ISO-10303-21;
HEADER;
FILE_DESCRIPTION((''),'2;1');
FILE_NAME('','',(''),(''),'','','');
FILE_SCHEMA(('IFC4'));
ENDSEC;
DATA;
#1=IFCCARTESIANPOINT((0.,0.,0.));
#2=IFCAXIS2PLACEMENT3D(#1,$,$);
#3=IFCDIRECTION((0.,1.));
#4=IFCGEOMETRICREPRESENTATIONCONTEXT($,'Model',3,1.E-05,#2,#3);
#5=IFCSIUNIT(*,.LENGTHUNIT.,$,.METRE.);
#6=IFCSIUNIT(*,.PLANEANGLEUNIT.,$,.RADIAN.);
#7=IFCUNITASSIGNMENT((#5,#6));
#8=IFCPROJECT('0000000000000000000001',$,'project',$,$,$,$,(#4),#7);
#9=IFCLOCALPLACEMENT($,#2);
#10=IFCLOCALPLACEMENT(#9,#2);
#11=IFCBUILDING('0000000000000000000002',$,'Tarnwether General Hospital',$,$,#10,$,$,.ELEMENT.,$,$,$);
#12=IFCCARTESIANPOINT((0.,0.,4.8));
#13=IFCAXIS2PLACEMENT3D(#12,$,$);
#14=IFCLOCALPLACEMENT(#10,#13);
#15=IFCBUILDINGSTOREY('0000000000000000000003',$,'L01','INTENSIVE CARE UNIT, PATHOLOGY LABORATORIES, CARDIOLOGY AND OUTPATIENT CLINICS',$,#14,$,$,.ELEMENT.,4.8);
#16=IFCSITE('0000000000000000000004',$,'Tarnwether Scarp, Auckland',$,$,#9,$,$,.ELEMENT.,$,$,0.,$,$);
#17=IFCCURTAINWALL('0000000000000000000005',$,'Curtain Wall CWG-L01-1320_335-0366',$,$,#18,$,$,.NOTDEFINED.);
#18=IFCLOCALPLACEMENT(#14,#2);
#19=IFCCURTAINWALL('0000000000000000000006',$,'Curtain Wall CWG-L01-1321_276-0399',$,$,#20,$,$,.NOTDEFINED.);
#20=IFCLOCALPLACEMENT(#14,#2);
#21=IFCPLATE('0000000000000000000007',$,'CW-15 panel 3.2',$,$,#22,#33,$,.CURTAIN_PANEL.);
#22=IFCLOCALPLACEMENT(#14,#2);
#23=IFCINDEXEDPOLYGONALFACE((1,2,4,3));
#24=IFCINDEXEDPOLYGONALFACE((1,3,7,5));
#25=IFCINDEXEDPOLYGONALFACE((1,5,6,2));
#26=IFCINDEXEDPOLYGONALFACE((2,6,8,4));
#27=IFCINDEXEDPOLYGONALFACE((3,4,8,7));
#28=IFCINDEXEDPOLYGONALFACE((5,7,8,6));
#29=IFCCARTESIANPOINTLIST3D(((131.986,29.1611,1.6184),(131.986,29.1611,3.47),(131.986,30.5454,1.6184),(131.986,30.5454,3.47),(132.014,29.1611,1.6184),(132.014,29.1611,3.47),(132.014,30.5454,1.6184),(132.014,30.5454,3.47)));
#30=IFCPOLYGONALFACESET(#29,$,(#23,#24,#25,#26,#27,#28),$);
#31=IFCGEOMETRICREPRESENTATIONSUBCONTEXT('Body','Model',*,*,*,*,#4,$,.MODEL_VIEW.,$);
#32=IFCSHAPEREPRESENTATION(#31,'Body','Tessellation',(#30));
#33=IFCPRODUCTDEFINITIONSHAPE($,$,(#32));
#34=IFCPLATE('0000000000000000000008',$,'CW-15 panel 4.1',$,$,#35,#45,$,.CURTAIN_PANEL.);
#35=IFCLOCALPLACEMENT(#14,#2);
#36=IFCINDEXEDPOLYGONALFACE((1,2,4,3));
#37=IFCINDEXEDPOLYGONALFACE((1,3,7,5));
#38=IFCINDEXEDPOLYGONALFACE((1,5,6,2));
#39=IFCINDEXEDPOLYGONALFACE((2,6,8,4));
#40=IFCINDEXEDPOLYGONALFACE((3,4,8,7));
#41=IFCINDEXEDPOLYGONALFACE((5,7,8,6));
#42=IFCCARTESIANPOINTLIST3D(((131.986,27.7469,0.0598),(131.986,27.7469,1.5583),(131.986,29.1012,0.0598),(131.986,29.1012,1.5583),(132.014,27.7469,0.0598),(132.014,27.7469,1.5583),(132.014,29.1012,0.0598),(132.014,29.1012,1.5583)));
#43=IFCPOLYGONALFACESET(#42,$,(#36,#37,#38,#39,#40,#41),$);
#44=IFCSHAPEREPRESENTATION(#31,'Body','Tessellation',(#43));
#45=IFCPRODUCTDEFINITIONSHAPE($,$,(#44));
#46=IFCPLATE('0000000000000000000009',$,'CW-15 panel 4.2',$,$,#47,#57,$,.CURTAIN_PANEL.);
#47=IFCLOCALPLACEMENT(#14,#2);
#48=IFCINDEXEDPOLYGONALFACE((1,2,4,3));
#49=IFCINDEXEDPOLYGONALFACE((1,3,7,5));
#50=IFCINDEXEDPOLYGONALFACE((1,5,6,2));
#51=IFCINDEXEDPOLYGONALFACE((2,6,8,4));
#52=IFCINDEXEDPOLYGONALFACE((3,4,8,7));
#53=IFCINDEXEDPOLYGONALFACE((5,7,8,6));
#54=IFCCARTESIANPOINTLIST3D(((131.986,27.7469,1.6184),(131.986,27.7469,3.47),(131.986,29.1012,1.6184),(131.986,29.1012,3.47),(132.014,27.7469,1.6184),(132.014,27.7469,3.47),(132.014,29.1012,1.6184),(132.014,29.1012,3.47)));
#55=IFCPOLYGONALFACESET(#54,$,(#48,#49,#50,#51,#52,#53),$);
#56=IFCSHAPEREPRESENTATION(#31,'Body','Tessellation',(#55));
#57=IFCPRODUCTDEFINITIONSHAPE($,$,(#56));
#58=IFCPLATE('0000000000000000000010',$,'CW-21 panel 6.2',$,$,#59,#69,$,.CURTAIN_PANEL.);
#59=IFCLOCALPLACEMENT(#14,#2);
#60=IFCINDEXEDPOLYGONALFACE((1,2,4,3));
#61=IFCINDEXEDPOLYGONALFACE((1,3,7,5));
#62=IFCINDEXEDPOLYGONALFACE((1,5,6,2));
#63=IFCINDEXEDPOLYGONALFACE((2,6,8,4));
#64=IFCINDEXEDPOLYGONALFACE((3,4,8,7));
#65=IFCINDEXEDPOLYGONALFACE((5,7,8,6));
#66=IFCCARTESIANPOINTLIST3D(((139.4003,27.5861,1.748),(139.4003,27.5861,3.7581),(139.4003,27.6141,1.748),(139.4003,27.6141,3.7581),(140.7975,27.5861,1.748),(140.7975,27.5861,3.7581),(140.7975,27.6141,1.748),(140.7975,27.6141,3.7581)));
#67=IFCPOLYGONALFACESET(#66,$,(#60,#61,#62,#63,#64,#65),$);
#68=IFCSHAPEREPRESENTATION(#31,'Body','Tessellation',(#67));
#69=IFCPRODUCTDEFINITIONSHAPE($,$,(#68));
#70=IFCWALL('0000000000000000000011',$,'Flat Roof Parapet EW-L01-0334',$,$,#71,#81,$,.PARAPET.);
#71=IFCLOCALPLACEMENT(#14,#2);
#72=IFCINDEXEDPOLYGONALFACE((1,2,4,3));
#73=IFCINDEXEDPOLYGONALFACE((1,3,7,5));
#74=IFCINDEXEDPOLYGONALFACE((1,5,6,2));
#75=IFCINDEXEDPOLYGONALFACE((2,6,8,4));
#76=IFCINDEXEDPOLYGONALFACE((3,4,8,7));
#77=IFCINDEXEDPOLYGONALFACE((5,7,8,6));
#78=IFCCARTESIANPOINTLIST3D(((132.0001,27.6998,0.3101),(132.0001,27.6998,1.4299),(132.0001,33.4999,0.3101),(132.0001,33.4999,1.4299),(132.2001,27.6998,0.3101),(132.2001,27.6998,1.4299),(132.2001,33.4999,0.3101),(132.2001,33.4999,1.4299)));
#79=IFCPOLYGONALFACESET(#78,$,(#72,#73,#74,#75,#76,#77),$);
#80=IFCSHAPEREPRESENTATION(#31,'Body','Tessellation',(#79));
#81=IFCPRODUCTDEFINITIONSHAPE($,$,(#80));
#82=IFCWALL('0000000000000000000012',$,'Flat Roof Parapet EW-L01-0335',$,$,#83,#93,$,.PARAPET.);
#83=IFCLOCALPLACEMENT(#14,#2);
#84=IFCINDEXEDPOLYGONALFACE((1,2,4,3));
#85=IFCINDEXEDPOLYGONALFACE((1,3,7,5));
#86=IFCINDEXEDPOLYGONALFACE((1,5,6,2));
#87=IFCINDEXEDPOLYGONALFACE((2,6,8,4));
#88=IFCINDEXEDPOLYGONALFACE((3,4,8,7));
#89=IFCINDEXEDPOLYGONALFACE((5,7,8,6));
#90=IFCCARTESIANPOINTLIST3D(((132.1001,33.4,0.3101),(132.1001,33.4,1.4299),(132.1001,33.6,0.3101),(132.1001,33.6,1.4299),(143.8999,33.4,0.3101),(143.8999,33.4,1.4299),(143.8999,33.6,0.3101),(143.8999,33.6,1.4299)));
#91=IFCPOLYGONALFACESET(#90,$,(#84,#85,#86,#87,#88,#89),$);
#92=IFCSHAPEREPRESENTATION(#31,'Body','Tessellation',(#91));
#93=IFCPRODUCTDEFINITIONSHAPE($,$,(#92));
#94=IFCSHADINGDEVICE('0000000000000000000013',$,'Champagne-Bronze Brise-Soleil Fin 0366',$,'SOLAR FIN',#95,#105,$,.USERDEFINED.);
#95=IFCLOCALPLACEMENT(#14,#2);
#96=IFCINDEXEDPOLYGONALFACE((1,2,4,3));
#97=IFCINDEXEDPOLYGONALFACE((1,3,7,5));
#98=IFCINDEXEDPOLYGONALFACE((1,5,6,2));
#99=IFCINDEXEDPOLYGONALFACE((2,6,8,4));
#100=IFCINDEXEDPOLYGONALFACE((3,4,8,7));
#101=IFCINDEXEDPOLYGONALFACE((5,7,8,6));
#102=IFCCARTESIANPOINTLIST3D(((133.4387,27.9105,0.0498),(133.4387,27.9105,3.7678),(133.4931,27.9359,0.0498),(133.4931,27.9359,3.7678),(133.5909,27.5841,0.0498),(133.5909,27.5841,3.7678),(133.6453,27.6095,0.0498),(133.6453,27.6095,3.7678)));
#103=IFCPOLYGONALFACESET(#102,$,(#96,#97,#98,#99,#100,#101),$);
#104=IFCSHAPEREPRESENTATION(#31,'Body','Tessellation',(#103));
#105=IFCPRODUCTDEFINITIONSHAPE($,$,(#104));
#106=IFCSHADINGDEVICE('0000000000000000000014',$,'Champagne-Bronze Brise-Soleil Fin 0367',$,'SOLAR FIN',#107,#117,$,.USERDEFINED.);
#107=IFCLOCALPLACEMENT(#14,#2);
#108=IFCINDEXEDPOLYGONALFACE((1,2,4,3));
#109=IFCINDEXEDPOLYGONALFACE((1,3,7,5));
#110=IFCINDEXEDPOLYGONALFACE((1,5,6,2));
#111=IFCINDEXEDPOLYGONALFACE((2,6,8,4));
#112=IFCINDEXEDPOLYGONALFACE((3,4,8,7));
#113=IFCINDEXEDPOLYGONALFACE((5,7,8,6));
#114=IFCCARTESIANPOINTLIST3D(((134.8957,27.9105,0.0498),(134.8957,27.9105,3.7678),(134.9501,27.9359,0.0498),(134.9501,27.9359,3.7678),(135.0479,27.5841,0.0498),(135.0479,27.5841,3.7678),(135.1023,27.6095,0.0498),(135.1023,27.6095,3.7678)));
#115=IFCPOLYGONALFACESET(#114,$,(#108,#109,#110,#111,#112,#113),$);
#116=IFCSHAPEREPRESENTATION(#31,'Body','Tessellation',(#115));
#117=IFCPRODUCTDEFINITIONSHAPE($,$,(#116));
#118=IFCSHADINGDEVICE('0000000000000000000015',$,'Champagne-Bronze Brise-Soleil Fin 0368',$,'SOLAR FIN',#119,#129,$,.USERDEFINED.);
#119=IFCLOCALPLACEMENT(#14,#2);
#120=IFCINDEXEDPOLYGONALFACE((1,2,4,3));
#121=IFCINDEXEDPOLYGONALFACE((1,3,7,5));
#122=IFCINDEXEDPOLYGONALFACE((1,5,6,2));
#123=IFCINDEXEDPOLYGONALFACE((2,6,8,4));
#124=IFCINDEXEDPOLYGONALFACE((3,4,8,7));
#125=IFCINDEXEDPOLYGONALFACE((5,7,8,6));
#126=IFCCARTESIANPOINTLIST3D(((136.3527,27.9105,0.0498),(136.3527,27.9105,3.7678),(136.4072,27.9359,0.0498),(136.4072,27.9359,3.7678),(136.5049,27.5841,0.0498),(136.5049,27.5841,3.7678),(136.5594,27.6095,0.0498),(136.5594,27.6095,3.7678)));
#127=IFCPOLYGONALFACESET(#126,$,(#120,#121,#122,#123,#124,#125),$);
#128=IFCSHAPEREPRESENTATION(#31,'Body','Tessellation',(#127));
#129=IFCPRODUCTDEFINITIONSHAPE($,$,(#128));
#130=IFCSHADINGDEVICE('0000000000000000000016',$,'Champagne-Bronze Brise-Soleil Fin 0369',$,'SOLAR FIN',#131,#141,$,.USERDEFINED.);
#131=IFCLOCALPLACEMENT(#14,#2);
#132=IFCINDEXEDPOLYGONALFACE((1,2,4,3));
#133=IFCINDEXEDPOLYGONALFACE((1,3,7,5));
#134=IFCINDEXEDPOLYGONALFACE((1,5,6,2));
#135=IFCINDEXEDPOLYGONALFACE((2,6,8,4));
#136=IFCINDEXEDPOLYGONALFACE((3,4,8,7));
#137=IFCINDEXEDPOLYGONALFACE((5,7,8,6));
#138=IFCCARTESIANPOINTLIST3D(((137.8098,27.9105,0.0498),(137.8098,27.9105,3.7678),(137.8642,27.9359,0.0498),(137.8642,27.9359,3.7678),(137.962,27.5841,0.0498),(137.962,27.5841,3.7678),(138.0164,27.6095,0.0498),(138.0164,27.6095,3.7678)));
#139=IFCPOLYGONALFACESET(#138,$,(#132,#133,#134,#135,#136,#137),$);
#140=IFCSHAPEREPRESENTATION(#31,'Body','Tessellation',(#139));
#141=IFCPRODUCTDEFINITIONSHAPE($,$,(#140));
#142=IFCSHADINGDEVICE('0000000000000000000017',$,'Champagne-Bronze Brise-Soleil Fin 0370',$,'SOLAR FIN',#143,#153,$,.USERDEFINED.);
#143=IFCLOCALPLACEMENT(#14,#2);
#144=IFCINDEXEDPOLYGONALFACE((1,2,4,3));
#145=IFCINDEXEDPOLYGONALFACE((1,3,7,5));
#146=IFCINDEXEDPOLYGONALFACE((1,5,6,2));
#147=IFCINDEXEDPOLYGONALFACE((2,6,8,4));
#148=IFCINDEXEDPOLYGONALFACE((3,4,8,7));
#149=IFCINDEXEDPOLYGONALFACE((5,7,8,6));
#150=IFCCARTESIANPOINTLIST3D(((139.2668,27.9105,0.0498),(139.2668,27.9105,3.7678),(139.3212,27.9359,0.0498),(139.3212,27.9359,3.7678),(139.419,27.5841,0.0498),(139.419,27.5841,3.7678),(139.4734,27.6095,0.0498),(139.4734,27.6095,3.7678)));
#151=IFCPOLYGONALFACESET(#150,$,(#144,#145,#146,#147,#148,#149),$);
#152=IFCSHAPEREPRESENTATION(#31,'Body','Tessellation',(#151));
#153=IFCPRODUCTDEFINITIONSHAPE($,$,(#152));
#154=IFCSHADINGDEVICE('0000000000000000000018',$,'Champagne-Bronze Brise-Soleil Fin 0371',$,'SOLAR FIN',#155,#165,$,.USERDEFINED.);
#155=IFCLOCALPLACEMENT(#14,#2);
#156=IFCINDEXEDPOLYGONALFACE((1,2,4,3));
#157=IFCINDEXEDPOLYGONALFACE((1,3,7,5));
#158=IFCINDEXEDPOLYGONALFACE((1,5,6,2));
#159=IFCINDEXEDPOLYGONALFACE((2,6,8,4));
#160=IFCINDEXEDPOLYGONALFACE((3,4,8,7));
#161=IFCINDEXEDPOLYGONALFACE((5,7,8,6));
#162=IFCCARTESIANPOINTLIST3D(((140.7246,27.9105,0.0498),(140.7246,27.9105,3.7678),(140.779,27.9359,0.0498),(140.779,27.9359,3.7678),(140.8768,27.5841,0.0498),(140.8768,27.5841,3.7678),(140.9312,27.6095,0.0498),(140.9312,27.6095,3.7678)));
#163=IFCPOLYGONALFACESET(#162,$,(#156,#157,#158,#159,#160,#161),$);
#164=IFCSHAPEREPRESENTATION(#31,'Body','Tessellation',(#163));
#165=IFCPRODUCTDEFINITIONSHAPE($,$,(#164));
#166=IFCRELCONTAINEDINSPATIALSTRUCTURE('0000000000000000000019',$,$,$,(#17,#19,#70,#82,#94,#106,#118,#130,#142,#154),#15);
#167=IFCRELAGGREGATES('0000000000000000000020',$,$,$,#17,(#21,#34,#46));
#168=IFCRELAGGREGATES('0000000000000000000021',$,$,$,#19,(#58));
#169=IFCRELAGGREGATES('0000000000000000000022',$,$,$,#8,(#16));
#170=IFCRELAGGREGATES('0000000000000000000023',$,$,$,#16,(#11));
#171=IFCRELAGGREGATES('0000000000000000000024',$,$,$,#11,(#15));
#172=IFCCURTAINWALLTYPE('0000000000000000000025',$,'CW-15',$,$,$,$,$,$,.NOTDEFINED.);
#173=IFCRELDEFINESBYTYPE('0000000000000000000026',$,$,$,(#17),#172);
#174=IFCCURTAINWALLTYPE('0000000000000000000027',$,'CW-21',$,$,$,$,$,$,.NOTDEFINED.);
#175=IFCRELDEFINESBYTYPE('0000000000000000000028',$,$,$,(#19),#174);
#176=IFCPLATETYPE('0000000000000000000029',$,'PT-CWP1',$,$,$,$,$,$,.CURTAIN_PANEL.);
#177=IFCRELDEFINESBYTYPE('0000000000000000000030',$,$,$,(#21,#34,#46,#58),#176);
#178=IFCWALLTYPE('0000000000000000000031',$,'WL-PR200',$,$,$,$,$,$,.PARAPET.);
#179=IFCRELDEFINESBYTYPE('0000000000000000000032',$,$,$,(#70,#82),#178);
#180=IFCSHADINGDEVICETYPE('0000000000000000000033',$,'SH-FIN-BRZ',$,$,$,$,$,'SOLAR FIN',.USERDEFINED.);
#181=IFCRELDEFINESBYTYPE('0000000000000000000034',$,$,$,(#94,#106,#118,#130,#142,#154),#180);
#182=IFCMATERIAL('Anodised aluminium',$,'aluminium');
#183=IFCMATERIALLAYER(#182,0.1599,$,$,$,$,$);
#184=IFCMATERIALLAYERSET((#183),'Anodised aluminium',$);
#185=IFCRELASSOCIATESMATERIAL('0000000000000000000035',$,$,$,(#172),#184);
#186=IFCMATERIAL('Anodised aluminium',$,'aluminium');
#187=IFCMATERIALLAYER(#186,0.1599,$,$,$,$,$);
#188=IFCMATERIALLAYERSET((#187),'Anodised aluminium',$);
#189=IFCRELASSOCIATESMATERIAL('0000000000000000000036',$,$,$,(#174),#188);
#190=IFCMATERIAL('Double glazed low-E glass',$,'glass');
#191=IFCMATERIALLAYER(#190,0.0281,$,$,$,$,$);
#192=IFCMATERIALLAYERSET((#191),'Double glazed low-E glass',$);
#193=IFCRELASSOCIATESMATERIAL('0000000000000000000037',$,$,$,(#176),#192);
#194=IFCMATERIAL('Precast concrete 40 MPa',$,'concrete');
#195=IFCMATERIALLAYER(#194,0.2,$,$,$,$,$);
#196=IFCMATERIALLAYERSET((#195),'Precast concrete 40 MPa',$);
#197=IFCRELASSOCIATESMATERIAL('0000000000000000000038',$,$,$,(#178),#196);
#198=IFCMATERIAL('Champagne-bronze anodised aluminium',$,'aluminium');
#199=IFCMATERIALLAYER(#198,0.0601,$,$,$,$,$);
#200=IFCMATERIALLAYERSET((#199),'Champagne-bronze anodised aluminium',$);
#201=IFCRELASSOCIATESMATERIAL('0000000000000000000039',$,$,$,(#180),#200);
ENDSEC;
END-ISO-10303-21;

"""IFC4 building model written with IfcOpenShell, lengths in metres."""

from ifc_helpers import new_model, si_unit, direction, frame, frame_2d, origin, origin_2d, place, context, subcontext, project, spatial, rectangle, extrude, material, layer, layer_set, type_object, element, aggregate, save


model = new_model("IFC4")

# Units and contexts
model_context = context("Model", 3, precision=1e-05, world=origin(), true_north=direction((0.0, 1.0)))
body_context = subcontext(model_context, "Body", "Model", "MODEL_VIEW")
ifc_project = project(units=[si_unit("LENGTHUNIT", "METRE"), si_unit("PLANEANGLEUNIT", "RADIAN")], contexts=[model_context])

# Site, building, storey
site_placement = place(None, origin())
site = spatial("IfcSite", under=ifc_project, at=site_placement, Name="Tarnwether Scarp, Auckland", CompositionType="ELEMENT", RefElevation=0.0)
building_placement = place(site_placement, origin())
building = spatial("IfcBuilding", under=site, at=building_placement, Name="Tarnwether General Hospital", CompositionType="ELEMENT")
storey_placement = place(building_placement, frame((0.0, 0.0, 4.8)))
storey = spatial("IfcBuildingStorey", under=building, at=storey_placement, Name="L01", Description="INTENSIVE CARE UNIT, PATHOLOGY LABORATORIES, CARDIOLOGY AND OUTPATIENT CLINICS", CompositionType="ELEMENT", Elevation=4.8)

# Shared definitions
ifc_material_1 = material(Name="Anodised aluminium", Category="aluminium")
ifc_layer_1 = layer(ifc_material_1, 0.1599)
ifc_layer_set_1 = layer_set([ifc_layer_1], Name="Anodised aluminium")
curtain_wall_type_1 = type_object("IfcCurtainWallType", Name="CW-15", PredefinedType="NOTDEFINED", material=ifc_layer_set_1)

# Curtain wall
curtain_wall_1_placement = place(storey_placement, origin())
curtain_wall_1 = element("IfcCurtainWall", 1, at=curtain_wall_1_placement, inside=storey, type_object=curtain_wall_type_1, Name="Curtain Wall CWG-L01-1320_335-0366", PredefinedType="NOTDEFINED")

# Curtain wall
ifc_material_2 = material(Name="Anodised aluminium", Category="aluminium")
ifc_layer_2 = layer(ifc_material_2, 0.1599)
ifc_layer_set_2 = layer_set([ifc_layer_2], Name="Anodised aluminium")
curtain_wall_type_2 = type_object("IfcCurtainWallType", Name="CW-21", PredefinedType="NOTDEFINED", material=ifc_layer_set_2)
curtain_wall_2_placement = place(storey_placement, origin())
curtain_wall_2 = element("IfcCurtainWall", 2, at=curtain_wall_2_placement, inside=storey, type_object=curtain_wall_type_2, Name="Curtain Wall CWG-L01-1321_276-0399", PredefinedType="NOTDEFINED")

# Plates
ifc_material_3 = material(Name="Double glazed low-E glass", Category="glass")
ifc_layer_3 = layer(ifc_material_3, 0.0281)
ifc_layer_set_3 = layer_set([ifc_layer_3], Name="Double glazed low-E glass")
plate_type = type_object("IfcPlateType", Name="PT-CWP1", PredefinedType="CURTAIN_PANEL", material=ifc_layer_set_3)
plate_1_placement = place(storey_placement, frame((132.0, 29.8533, 1.6184), z_axis=(0.0, 0.0, 1.0), x_axis=(0.0, -1.0, 0.0)))
plate_1 = element("IfcPlate", 3, at=plate_1_placement, type_object=plate_type, Name="CW-15 panel 3.2", PredefinedType="CURTAIN_PANEL", context=body_context, shape_type="SweptSolid", body=[
    extrude(rectangle(XDim=1.3843, YDim=0.0281, at=origin_2d()), origin(), (0.0, 0.0, 1.0), 1.8516),
])
plate_2_placement = place(storey_placement, frame((132.0, 28.4241, 0.0598), z_axis=(0.0, 0.0, 1.0), x_axis=(0.0, -1.0, 0.0)))
plate_2 = element("IfcPlate", 4, at=plate_2_placement, type_object=plate_type, Name="CW-15 panel 4.1", PredefinedType="CURTAIN_PANEL", context=body_context, shape_type="SweptSolid", body=[
    extrude(rectangle(XDim=1.3542, YDim=0.0281, at=origin_2d()), origin(), (0.0, 0.0, 1.0), 1.4985),
])
plate_3_placement = place(storey_placement, frame((132.0, 28.4241, 1.6184), z_axis=(0.0, 0.0, 1.0), x_axis=(0.0, -1.0, 0.0)))
plate_3 = element("IfcPlate", 5, at=plate_3_placement, type_object=plate_type, Name="CW-15 panel 4.2", PredefinedType="CURTAIN_PANEL", context=body_context, shape_type="SweptSolid", body=[
    extrude(rectangle(XDim=1.3542, YDim=0.0281, at=origin_2d()), origin(), (0.0, 0.0, 1.0), 1.8516),
])
aggregate(curtain_wall_1, [plate_1, plate_2, plate_3])
plate_4_placement = place(storey_placement, frame((140.0989, 27.6001, 1.748), z_axis=(0.0, 0.0, 1.0), x_axis=(1.0, 0.0, 0.0)))
plate_4 = element("IfcPlate", 6, at=plate_4_placement, type_object=plate_type, Name="CW-21 panel 6.2", PredefinedType="CURTAIN_PANEL", context=body_context, shape_type="SweptSolid", body=[
    extrude(rectangle(XDim=1.3972, YDim=0.0281, at=origin_2d()), origin(), (0.0, 0.0, 1.0), 2.01),
])
aggregate(curtain_wall_2, [plate_4])

# Walls
ifc_material_4 = material(Name="Precast concrete 40 MPa", Category="concrete")
ifc_layer_4 = layer(ifc_material_4, 0.2)
ifc_layer_set_4 = layer_set([ifc_layer_4], Name="Precast concrete 40 MPa")
wall_type = type_object("IfcWallType", Name="WL-PR200", PredefinedType="PARAPET", material=ifc_layer_set_4)
wall_1_placement = place(storey_placement, frame((132.1001, 27.7, 0.3101), z_axis=(0.0, 0.0, 1.0), x_axis=(0.0, 1.0, 0.0)))
element("IfcWall", 7, at=wall_1_placement, inside=storey, type_object=wall_type, Name="Flat Roof Parapet EW-L01-0334", PredefinedType="PARAPET", context=body_context, shape_type="SweptSolid", body=[
    extrude(rectangle(XDim=5.8, YDim=0.2, at=frame_2d((2.8999, 0.0))), origin(), (0.0, 0.0, 1.0), 1.1199),
])
wall_2_placement = place(storey_placement, frame((132.1001, 33.5, 0.3101), z_axis=(0.0, 0.0, 1.0), x_axis=(1.0, 0.0, 0.0)))
element("IfcWall", 8, at=wall_2_placement, inside=storey, type_object=wall_type, Name="Flat Roof Parapet EW-L01-0335", PredefinedType="PARAPET", context=body_context, shape_type="SweptSolid", body=[
    extrude(rectangle(XDim=11.7998, YDim=0.2, at=frame_2d((5.8999, 0.0))), origin(), (0.0, 0.0, 1.0), 1.1199),
])

# Shading devices
ifc_material_5 = material(Name="Champagne-bronze anodised aluminium", Category="aluminium")
ifc_layer_5 = layer(ifc_material_5, 0.0601)
ifc_layer_set_5 = layer_set([ifc_layer_5], Name="Champagne-bronze anodised aluminium")
shading_device_type = type_object("IfcShadingDeviceType", Name="SH-FIN-BRZ", ElementType="SOLAR FIN", PredefinedType="USERDEFINED", material=ifc_layer_set_5)
for number, where, z_axis, x_axis, name in (
    (9, (133.542, 27.76, 0.0498), (0.0, 0.0, 1.0), (0.906308, 0.422618, 0.0), "Champagne-Bronze Brise-Soleil Fin 0366"),
    (10, (134.999, 27.76, 0.0498), (0.0, 0.0, 1.0), (0.906308, 0.422618, 0.0), "Champagne-Bronze Brise-Soleil Fin 0367"),
    (11, (136.4561, 27.76, 0.0498), (0.0, 0.0, 1.0), (0.906308, 0.422618, 0.0), "Champagne-Bronze Brise-Soleil Fin 0368"),
    (12, (137.9131, 27.76, 0.0498), (0.0, 0.0, 1.0), (0.906308, 0.422618, 0.0), "Champagne-Bronze Brise-Soleil Fin 0369"),
    (13, (139.3701, 27.76, 0.0498), (0.0, 0.0, 1.0), (0.906308, 0.422618, 0.0), "Champagne-Bronze Brise-Soleil Fin 0370"),
    (14, (140.8279, 27.76, 0.0498), (0.0, 0.0, 1.0), (0.906308, 0.422618, 0.0), "Champagne-Bronze Brise-Soleil Fin 0371"),
):
    element("IfcShadingDevice", number, at=place(storey_placement, frame(where, z_axis=z_axis, x_axis=x_axis)), inside=storey, type_object=shading_device_type, Name=name, ObjectType="SOLAR FIN", PredefinedType="USERDEFINED", context=body_context, shape_type="SweptSolid", body=[
        extrude(rectangle(XDim=0.0601, YDim=0.3601, at=origin_2d()), origin(), (0.0, 0.0, 1.0), 3.718),
    ])

save(model, "model.ifc")
